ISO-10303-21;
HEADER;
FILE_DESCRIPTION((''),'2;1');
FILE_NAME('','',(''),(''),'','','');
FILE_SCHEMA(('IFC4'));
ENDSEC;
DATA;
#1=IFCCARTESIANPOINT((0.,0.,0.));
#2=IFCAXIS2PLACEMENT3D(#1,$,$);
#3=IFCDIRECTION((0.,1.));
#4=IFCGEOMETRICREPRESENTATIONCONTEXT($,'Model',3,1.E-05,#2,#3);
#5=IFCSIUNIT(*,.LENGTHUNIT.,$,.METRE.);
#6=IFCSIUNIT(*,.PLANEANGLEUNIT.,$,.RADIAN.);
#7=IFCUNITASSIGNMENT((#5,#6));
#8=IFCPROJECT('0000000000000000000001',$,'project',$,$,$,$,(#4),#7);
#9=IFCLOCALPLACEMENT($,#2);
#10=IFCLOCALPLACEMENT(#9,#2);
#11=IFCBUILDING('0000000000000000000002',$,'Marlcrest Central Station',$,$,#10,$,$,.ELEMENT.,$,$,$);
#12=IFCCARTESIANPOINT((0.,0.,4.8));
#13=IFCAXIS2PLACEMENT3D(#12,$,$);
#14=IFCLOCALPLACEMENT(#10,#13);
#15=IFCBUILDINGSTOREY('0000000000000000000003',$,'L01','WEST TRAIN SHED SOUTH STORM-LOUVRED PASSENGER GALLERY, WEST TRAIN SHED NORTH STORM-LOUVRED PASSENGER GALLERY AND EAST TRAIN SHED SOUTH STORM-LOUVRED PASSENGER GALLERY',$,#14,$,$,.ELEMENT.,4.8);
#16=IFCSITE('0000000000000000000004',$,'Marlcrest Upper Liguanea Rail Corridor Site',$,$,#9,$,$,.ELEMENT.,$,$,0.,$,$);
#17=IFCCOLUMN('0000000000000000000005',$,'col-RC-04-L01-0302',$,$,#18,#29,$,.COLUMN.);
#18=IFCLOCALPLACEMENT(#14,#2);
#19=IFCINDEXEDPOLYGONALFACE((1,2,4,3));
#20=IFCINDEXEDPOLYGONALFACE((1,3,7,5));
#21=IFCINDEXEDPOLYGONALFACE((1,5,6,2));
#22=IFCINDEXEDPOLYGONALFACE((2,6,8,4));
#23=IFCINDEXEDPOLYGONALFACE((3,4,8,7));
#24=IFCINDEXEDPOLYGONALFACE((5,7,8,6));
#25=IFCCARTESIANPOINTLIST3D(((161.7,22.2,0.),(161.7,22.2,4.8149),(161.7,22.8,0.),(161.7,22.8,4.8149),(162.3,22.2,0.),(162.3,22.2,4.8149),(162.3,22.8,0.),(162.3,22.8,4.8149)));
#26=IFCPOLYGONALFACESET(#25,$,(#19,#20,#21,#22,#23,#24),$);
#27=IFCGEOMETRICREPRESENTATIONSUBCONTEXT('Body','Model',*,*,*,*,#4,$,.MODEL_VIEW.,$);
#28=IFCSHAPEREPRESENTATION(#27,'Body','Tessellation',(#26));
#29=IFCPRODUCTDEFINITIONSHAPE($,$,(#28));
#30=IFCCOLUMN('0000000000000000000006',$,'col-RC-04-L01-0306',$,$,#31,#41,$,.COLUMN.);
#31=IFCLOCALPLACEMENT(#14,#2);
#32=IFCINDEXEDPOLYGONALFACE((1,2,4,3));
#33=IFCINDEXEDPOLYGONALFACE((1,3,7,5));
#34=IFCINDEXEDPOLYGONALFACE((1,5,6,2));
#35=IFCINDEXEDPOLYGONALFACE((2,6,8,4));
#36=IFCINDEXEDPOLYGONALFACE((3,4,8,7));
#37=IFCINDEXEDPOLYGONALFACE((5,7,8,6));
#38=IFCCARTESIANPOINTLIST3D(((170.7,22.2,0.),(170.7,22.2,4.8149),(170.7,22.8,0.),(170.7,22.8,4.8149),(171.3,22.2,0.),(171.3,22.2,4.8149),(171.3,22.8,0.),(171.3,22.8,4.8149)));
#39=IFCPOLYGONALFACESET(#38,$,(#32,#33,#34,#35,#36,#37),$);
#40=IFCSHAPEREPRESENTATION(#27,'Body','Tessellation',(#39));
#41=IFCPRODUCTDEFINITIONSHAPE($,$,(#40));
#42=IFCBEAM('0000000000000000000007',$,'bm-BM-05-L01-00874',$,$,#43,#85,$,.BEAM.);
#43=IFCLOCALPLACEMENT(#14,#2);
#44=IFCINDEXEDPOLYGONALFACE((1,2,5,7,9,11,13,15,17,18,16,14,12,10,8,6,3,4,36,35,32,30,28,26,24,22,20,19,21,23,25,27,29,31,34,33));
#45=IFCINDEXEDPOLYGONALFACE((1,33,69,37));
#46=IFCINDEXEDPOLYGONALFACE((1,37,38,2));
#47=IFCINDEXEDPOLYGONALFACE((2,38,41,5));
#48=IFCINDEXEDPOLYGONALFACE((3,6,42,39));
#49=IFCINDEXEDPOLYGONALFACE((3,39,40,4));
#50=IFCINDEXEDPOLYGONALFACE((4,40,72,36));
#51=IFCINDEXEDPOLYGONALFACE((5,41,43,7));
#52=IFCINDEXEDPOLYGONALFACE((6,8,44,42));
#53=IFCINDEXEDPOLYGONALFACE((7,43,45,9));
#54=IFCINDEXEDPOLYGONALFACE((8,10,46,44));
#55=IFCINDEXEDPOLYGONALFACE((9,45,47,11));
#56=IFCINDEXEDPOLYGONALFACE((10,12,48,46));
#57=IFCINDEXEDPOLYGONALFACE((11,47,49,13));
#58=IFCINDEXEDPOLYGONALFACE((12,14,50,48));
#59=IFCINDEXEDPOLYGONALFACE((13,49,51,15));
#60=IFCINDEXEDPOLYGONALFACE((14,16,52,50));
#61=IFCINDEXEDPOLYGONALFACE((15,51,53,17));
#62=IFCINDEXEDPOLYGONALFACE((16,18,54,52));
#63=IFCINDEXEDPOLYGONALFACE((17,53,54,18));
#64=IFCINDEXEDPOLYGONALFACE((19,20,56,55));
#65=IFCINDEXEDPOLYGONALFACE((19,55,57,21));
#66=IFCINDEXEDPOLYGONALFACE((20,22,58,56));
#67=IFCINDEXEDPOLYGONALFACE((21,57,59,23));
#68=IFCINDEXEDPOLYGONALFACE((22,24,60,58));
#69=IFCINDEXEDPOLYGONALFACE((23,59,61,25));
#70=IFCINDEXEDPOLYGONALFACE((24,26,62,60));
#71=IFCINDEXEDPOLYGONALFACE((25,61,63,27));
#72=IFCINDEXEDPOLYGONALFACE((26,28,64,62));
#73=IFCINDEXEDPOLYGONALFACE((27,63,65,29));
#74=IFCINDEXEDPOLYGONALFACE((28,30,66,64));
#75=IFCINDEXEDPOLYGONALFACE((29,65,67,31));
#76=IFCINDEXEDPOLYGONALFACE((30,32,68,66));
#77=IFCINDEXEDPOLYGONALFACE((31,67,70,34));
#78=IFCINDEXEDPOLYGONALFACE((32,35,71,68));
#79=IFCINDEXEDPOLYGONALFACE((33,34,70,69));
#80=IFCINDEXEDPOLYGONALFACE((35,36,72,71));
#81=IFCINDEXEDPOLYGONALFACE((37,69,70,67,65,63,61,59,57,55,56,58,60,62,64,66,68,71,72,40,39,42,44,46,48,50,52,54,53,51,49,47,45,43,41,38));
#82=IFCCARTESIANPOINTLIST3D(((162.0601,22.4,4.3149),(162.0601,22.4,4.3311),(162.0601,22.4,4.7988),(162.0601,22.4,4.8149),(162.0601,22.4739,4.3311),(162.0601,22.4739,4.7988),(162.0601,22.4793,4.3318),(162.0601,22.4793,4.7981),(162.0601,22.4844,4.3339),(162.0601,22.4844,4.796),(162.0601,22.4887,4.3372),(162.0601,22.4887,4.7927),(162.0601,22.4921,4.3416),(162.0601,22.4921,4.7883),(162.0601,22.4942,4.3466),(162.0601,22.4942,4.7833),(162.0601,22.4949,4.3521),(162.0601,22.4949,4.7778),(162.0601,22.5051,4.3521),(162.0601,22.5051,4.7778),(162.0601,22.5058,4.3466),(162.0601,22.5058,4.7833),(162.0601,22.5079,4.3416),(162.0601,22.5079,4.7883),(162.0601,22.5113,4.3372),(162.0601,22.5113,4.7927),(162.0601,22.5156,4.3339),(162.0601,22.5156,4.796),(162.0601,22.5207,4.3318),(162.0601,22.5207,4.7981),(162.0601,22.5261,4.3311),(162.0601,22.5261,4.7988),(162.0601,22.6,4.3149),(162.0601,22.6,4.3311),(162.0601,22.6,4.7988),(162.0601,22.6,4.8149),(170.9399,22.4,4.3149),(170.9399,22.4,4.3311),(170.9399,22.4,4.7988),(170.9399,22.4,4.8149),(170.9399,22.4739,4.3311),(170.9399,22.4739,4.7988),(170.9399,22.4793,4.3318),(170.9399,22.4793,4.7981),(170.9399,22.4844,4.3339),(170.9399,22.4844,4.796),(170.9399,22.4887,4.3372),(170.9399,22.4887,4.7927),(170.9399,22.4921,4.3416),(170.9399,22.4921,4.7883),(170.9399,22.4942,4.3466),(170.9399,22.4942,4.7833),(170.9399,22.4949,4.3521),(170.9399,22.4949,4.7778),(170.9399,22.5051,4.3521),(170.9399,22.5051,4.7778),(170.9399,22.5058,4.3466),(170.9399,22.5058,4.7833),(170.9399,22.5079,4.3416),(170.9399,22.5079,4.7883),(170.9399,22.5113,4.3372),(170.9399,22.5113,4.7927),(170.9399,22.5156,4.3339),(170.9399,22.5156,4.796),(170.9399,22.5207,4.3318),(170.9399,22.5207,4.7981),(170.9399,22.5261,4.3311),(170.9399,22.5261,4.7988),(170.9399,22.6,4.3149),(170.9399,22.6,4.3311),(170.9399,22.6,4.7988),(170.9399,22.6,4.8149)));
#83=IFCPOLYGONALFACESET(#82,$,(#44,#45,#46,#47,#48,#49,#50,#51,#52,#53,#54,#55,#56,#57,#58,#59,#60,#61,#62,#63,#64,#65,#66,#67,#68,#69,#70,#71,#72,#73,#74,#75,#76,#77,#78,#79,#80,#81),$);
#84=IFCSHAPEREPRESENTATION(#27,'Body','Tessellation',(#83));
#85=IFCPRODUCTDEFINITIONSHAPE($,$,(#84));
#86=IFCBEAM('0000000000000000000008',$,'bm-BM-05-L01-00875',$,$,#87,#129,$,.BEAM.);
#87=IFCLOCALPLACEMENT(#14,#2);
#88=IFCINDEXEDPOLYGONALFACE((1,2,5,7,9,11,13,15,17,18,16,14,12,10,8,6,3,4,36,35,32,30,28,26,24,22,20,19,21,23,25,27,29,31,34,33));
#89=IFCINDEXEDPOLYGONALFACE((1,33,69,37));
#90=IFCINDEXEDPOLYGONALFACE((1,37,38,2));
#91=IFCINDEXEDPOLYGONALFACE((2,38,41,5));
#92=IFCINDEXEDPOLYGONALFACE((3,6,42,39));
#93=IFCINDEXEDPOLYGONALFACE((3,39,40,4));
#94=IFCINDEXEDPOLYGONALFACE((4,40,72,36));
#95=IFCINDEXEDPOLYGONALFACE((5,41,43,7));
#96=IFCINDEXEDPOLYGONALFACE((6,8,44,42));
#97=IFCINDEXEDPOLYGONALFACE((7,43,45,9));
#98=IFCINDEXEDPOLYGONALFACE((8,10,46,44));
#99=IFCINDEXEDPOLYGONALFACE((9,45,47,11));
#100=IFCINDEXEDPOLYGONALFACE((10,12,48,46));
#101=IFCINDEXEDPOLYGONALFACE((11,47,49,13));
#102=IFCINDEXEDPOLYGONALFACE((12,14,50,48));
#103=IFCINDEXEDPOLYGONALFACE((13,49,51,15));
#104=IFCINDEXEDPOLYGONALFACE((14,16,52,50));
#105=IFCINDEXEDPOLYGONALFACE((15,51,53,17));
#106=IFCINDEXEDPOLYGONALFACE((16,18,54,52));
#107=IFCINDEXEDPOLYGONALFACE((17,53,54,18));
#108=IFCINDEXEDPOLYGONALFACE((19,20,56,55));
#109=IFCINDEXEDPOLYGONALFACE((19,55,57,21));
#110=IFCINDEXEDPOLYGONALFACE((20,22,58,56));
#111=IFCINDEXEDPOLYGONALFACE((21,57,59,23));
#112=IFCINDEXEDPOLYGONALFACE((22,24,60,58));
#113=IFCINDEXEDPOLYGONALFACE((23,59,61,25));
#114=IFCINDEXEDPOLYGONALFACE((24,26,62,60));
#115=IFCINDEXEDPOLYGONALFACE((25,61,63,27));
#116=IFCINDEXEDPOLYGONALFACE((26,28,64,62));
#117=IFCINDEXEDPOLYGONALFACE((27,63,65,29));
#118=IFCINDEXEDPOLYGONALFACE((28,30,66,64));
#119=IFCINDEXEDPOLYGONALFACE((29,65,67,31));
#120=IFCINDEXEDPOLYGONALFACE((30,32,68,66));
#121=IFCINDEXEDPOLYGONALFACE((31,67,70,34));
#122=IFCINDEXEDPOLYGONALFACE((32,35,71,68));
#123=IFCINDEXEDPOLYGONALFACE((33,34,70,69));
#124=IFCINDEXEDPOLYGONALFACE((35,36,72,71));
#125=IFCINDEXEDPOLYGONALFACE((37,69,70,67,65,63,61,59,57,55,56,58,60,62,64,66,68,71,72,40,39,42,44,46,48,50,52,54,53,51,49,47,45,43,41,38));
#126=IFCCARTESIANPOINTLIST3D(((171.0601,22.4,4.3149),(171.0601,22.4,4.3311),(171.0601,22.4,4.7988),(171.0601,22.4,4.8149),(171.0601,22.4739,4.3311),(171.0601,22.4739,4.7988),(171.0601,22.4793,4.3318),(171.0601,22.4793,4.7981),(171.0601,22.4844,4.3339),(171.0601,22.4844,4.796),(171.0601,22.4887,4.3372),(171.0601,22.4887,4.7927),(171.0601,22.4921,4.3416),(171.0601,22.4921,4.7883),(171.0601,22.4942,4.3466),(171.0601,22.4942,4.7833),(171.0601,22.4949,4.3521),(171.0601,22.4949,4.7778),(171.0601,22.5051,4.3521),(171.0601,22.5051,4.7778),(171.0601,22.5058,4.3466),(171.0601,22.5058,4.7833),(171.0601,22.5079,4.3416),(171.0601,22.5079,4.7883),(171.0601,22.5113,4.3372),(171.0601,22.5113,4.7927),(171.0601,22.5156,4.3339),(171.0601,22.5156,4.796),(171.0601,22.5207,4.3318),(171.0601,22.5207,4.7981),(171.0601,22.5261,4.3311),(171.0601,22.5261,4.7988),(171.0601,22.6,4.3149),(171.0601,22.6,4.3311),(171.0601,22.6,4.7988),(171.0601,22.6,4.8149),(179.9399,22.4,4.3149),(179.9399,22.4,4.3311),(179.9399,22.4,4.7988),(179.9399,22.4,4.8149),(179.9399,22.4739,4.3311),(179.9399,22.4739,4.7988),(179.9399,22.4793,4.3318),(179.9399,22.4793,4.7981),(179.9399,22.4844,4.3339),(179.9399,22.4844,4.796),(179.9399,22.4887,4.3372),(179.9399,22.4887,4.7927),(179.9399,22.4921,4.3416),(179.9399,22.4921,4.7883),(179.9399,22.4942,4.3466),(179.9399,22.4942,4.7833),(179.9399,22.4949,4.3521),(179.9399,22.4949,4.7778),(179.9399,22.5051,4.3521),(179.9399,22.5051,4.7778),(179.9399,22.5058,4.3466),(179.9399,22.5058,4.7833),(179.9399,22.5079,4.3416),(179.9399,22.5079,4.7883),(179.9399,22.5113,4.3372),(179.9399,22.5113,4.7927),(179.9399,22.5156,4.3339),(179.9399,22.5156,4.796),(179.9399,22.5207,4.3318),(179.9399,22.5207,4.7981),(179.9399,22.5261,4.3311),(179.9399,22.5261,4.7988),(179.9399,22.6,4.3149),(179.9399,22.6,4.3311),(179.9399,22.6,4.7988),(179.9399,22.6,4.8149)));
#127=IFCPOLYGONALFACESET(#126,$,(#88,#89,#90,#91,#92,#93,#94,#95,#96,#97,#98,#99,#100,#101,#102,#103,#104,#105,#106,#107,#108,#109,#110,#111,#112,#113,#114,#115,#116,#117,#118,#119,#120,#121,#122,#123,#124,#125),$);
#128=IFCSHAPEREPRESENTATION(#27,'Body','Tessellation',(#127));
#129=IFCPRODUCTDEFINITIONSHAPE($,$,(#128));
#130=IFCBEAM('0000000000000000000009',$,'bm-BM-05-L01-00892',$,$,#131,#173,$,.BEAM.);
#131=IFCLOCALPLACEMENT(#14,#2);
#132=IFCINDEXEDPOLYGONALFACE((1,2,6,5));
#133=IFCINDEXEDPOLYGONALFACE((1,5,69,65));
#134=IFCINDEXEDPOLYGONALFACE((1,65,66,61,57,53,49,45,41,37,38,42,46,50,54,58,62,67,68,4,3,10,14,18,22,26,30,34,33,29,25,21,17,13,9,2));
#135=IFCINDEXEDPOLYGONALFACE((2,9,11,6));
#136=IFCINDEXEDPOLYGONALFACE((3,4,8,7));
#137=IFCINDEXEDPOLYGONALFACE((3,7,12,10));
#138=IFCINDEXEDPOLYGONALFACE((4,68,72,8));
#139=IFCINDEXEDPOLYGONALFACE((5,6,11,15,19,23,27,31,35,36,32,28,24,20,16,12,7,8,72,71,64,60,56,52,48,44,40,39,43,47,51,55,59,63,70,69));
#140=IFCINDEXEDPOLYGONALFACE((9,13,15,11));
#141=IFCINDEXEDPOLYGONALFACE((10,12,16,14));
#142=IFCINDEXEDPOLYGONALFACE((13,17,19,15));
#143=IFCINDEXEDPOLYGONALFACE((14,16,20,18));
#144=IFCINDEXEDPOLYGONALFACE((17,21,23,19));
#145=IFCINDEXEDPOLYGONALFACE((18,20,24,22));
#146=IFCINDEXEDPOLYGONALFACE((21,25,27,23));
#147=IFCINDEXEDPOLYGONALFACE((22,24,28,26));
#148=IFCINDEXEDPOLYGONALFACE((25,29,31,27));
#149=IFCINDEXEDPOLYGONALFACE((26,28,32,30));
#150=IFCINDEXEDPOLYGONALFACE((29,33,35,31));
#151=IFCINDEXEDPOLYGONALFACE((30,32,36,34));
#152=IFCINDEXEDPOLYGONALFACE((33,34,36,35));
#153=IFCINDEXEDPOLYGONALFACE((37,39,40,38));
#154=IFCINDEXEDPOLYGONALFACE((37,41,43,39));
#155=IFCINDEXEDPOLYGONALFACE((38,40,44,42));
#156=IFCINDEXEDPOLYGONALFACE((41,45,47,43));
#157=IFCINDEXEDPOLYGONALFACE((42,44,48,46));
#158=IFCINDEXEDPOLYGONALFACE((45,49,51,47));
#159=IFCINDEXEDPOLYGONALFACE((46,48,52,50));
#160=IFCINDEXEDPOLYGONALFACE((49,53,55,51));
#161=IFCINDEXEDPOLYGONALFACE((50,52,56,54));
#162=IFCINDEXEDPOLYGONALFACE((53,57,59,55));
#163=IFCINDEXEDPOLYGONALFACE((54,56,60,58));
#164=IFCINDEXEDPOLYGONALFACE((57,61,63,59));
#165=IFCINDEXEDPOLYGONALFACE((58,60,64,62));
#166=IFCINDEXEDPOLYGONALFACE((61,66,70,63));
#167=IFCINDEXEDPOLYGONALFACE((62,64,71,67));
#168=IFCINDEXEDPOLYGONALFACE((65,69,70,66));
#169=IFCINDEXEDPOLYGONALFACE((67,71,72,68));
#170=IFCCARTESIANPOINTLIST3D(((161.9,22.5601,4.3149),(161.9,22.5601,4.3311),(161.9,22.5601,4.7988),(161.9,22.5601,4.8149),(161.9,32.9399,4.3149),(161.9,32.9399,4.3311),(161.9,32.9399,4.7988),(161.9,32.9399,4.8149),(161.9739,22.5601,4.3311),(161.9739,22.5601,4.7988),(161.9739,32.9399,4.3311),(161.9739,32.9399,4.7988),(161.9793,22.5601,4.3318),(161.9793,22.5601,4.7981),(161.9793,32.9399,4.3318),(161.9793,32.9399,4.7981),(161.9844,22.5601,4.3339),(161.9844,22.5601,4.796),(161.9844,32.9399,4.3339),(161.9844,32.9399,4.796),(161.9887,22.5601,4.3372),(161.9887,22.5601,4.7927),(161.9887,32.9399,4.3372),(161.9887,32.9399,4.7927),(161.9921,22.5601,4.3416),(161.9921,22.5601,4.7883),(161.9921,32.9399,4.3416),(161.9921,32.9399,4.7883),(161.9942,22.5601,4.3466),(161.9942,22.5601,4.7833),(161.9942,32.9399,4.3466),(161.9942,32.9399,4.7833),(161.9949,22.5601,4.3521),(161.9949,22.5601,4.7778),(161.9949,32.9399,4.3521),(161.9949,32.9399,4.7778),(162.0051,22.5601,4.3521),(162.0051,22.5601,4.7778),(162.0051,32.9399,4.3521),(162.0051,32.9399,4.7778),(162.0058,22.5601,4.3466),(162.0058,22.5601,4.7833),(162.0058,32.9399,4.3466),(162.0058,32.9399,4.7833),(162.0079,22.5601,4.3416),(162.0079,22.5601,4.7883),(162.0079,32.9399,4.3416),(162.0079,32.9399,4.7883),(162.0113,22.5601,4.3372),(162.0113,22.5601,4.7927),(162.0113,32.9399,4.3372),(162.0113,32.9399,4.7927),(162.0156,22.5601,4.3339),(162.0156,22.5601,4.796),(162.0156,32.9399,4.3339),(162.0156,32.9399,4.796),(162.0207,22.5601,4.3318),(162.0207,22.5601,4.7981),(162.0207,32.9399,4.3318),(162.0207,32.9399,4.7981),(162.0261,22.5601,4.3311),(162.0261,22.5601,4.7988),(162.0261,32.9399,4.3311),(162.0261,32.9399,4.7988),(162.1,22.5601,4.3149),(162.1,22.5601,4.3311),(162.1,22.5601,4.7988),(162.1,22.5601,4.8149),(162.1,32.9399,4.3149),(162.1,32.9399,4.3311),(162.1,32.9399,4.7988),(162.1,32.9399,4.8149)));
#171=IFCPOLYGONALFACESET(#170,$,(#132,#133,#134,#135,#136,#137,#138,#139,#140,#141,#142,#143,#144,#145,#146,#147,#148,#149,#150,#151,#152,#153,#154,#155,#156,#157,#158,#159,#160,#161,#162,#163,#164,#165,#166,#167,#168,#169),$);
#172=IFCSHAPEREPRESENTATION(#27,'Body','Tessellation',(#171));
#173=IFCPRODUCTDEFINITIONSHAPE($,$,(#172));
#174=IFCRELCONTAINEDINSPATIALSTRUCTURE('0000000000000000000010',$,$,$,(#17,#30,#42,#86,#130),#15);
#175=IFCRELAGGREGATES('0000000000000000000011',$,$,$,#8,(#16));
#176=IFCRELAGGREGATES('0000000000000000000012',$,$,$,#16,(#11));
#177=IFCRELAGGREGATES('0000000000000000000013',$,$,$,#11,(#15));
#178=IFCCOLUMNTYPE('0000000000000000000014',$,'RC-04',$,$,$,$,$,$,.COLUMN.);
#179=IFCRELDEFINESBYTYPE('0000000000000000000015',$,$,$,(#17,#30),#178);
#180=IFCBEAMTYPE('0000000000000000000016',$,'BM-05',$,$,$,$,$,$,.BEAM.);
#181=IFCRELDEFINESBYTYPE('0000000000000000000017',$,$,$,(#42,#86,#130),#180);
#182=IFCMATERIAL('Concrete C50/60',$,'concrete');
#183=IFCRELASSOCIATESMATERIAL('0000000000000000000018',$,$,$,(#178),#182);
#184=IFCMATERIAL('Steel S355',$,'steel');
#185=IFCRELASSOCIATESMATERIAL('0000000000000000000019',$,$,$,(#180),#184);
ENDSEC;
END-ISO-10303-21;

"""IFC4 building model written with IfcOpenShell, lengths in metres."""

from ifc_helpers import new_model, si_unit, direction, frame, origin, origin_2d, place, context, subcontext, project, spatial, rectangle, i_section, extrude, material, material_profile, profile_set, type_object, element, save


model = new_model("IFC4")

# Units and contexts
model_context = context("Model", 3, precision=1e-05, world=origin(), true_north=direction((0.0, 1.0)))
body_context = subcontext(model_context, "Body", "Model", "MODEL_VIEW")
ifc_project = project(units=[si_unit("LENGTHUNIT", "METRE"), si_unit("PLANEANGLEUNIT", "RADIAN")], contexts=[model_context])

# Site, building, storey
site_placement = place(None, origin())
site = spatial("IfcSite", under=ifc_project, at=site_placement, Name="Marlcrest Upper Liguanea Rail Corridor Site", CompositionType="ELEMENT", RefElevation=0.0)
building_placement = place(site_placement, origin())
building = spatial("IfcBuilding", under=site, at=building_placement, Name="Marlcrest Central Station", CompositionType="ELEMENT")
storey_placement = place(building_placement, frame((0.0, 0.0, 4.8)))
storey = spatial("IfcBuildingStorey", under=building, at=storey_placement, Name="L01", Description="WEST TRAIN SHED SOUTH STORM-LOUVRED PASSENGER GALLERY, WEST TRAIN SHED NORTH STORM-LOUVRED PASSENGER GALLERY AND EAST TRAIN SHED SOUTH STORM-LOUVRED PASSENGER GALLERY", CompositionType="ELEMENT", Elevation=4.8)

# Columns
ifc_material_1 = material(Name="Concrete C50/60", Category="concrete")
ifc_material_profile_1 = material_profile(ifc_material_1, rectangle(XDim=0.6001, YDim=0.6001, at=origin_2d()), Name="RC 600x600")
ifc_profile_set_1 = profile_set([ifc_material_profile_1], Name="Concrete C50/60")
column_type = type_object("IfcColumnType", Name="RC-04", PredefinedType="COLUMN", material=ifc_profile_set_1)
for number, where, z_axis, x_axis, name in (
    (1, (162.0, 22.5, 0.0), (0.0, 0.0, 1.0), (1.0, 0.0, 0.0), "col-RC-04-L01-0302"),
    (2, (171.0, 22.5, 0.0), (0.0, 0.0, 1.0), (1.0, 0.0, 0.0), "col-RC-04-L01-0306"),
):
    element("IfcColumn", number, at=place(storey_placement, frame(where, z_axis=z_axis, x_axis=x_axis)), inside=storey, type_object=column_type, Name=name, PredefinedType="COLUMN", context=body_context, shape_type="SweptSolid", body=[
        extrude(rectangle(XDim=0.6001, YDim=0.6001, at=origin_2d()), origin(), (0.0, 0.0, 1.0), 4.8149),
    ])

# Beams
ifc_material_2 = material(Name="Steel S355", Category="steel")
ifc_material_profile_2 = material_profile(ifc_material_2, i_section(OverallWidth=0.2, OverallDepth=0.5, WebThickness=0.0103, FlangeThickness=0.0161, FilletRadius=0.021, at=origin_2d()), Name="IPE 500")
ifc_profile_set_2 = profile_set([ifc_material_profile_2], Name="Steel S355")
beam_type_1 = type_object("IfcBeamType", Name="BM-05", PredefinedType="BEAM", material=ifc_profile_set_2)
for number, where, z_axis, x_axis, name in (
    (3, (162.0601, 22.5, 4.5649), (1.0, 0.0, 0.0), (0.0, 1.0, 0.0), "bm-BM-05-L01-00874"),
    (4, (171.0601, 22.5, 4.5649), (1.0, 0.0, 0.0), (0.0, 1.0, 0.0), "bm-BM-05-L01-00875"),
):
    element("IfcBeam", number, at=place(storey_placement, frame(where, z_axis=z_axis, x_axis=x_axis)), inside=storey, type_object=beam_type_1, Name=name, PredefinedType="BEAM", context=body_context, shape_type="SweptSolid", body=[
        extrude(i_section(OverallWidth=0.2, OverallDepth=0.5, WebThickness=0.0103, FlangeThickness=0.0161, FilletRadius=0.021, at=origin_2d()), origin(), (0.0, 0.0, 1.0), 8.8799),
    ])
for number, where, z_axis, x_axis, name in (
    (5, (162.0, 22.5601, 4.5649), (0.0, 1.0, 0.0), (-1.0, 0.0, 0.0), "bm-BM-05-L01-00892"),
):
    element("IfcBeam", number, at=place(storey_placement, frame(where, z_axis=z_axis, x_axis=x_axis)), inside=storey, type_object=beam_type_1, Name=name, PredefinedType="BEAM", context=body_context, shape_type="SweptSolid", body=[
        extrude(i_section(OverallWidth=0.2, OverallDepth=0.5, WebThickness=0.0103, FlangeThickness=0.0161, FilletRadius=0.021, at=origin_2d()), origin(), (0.0, 0.0, 1.0), 10.3799),
    ])

save(model, "model.ifc")
